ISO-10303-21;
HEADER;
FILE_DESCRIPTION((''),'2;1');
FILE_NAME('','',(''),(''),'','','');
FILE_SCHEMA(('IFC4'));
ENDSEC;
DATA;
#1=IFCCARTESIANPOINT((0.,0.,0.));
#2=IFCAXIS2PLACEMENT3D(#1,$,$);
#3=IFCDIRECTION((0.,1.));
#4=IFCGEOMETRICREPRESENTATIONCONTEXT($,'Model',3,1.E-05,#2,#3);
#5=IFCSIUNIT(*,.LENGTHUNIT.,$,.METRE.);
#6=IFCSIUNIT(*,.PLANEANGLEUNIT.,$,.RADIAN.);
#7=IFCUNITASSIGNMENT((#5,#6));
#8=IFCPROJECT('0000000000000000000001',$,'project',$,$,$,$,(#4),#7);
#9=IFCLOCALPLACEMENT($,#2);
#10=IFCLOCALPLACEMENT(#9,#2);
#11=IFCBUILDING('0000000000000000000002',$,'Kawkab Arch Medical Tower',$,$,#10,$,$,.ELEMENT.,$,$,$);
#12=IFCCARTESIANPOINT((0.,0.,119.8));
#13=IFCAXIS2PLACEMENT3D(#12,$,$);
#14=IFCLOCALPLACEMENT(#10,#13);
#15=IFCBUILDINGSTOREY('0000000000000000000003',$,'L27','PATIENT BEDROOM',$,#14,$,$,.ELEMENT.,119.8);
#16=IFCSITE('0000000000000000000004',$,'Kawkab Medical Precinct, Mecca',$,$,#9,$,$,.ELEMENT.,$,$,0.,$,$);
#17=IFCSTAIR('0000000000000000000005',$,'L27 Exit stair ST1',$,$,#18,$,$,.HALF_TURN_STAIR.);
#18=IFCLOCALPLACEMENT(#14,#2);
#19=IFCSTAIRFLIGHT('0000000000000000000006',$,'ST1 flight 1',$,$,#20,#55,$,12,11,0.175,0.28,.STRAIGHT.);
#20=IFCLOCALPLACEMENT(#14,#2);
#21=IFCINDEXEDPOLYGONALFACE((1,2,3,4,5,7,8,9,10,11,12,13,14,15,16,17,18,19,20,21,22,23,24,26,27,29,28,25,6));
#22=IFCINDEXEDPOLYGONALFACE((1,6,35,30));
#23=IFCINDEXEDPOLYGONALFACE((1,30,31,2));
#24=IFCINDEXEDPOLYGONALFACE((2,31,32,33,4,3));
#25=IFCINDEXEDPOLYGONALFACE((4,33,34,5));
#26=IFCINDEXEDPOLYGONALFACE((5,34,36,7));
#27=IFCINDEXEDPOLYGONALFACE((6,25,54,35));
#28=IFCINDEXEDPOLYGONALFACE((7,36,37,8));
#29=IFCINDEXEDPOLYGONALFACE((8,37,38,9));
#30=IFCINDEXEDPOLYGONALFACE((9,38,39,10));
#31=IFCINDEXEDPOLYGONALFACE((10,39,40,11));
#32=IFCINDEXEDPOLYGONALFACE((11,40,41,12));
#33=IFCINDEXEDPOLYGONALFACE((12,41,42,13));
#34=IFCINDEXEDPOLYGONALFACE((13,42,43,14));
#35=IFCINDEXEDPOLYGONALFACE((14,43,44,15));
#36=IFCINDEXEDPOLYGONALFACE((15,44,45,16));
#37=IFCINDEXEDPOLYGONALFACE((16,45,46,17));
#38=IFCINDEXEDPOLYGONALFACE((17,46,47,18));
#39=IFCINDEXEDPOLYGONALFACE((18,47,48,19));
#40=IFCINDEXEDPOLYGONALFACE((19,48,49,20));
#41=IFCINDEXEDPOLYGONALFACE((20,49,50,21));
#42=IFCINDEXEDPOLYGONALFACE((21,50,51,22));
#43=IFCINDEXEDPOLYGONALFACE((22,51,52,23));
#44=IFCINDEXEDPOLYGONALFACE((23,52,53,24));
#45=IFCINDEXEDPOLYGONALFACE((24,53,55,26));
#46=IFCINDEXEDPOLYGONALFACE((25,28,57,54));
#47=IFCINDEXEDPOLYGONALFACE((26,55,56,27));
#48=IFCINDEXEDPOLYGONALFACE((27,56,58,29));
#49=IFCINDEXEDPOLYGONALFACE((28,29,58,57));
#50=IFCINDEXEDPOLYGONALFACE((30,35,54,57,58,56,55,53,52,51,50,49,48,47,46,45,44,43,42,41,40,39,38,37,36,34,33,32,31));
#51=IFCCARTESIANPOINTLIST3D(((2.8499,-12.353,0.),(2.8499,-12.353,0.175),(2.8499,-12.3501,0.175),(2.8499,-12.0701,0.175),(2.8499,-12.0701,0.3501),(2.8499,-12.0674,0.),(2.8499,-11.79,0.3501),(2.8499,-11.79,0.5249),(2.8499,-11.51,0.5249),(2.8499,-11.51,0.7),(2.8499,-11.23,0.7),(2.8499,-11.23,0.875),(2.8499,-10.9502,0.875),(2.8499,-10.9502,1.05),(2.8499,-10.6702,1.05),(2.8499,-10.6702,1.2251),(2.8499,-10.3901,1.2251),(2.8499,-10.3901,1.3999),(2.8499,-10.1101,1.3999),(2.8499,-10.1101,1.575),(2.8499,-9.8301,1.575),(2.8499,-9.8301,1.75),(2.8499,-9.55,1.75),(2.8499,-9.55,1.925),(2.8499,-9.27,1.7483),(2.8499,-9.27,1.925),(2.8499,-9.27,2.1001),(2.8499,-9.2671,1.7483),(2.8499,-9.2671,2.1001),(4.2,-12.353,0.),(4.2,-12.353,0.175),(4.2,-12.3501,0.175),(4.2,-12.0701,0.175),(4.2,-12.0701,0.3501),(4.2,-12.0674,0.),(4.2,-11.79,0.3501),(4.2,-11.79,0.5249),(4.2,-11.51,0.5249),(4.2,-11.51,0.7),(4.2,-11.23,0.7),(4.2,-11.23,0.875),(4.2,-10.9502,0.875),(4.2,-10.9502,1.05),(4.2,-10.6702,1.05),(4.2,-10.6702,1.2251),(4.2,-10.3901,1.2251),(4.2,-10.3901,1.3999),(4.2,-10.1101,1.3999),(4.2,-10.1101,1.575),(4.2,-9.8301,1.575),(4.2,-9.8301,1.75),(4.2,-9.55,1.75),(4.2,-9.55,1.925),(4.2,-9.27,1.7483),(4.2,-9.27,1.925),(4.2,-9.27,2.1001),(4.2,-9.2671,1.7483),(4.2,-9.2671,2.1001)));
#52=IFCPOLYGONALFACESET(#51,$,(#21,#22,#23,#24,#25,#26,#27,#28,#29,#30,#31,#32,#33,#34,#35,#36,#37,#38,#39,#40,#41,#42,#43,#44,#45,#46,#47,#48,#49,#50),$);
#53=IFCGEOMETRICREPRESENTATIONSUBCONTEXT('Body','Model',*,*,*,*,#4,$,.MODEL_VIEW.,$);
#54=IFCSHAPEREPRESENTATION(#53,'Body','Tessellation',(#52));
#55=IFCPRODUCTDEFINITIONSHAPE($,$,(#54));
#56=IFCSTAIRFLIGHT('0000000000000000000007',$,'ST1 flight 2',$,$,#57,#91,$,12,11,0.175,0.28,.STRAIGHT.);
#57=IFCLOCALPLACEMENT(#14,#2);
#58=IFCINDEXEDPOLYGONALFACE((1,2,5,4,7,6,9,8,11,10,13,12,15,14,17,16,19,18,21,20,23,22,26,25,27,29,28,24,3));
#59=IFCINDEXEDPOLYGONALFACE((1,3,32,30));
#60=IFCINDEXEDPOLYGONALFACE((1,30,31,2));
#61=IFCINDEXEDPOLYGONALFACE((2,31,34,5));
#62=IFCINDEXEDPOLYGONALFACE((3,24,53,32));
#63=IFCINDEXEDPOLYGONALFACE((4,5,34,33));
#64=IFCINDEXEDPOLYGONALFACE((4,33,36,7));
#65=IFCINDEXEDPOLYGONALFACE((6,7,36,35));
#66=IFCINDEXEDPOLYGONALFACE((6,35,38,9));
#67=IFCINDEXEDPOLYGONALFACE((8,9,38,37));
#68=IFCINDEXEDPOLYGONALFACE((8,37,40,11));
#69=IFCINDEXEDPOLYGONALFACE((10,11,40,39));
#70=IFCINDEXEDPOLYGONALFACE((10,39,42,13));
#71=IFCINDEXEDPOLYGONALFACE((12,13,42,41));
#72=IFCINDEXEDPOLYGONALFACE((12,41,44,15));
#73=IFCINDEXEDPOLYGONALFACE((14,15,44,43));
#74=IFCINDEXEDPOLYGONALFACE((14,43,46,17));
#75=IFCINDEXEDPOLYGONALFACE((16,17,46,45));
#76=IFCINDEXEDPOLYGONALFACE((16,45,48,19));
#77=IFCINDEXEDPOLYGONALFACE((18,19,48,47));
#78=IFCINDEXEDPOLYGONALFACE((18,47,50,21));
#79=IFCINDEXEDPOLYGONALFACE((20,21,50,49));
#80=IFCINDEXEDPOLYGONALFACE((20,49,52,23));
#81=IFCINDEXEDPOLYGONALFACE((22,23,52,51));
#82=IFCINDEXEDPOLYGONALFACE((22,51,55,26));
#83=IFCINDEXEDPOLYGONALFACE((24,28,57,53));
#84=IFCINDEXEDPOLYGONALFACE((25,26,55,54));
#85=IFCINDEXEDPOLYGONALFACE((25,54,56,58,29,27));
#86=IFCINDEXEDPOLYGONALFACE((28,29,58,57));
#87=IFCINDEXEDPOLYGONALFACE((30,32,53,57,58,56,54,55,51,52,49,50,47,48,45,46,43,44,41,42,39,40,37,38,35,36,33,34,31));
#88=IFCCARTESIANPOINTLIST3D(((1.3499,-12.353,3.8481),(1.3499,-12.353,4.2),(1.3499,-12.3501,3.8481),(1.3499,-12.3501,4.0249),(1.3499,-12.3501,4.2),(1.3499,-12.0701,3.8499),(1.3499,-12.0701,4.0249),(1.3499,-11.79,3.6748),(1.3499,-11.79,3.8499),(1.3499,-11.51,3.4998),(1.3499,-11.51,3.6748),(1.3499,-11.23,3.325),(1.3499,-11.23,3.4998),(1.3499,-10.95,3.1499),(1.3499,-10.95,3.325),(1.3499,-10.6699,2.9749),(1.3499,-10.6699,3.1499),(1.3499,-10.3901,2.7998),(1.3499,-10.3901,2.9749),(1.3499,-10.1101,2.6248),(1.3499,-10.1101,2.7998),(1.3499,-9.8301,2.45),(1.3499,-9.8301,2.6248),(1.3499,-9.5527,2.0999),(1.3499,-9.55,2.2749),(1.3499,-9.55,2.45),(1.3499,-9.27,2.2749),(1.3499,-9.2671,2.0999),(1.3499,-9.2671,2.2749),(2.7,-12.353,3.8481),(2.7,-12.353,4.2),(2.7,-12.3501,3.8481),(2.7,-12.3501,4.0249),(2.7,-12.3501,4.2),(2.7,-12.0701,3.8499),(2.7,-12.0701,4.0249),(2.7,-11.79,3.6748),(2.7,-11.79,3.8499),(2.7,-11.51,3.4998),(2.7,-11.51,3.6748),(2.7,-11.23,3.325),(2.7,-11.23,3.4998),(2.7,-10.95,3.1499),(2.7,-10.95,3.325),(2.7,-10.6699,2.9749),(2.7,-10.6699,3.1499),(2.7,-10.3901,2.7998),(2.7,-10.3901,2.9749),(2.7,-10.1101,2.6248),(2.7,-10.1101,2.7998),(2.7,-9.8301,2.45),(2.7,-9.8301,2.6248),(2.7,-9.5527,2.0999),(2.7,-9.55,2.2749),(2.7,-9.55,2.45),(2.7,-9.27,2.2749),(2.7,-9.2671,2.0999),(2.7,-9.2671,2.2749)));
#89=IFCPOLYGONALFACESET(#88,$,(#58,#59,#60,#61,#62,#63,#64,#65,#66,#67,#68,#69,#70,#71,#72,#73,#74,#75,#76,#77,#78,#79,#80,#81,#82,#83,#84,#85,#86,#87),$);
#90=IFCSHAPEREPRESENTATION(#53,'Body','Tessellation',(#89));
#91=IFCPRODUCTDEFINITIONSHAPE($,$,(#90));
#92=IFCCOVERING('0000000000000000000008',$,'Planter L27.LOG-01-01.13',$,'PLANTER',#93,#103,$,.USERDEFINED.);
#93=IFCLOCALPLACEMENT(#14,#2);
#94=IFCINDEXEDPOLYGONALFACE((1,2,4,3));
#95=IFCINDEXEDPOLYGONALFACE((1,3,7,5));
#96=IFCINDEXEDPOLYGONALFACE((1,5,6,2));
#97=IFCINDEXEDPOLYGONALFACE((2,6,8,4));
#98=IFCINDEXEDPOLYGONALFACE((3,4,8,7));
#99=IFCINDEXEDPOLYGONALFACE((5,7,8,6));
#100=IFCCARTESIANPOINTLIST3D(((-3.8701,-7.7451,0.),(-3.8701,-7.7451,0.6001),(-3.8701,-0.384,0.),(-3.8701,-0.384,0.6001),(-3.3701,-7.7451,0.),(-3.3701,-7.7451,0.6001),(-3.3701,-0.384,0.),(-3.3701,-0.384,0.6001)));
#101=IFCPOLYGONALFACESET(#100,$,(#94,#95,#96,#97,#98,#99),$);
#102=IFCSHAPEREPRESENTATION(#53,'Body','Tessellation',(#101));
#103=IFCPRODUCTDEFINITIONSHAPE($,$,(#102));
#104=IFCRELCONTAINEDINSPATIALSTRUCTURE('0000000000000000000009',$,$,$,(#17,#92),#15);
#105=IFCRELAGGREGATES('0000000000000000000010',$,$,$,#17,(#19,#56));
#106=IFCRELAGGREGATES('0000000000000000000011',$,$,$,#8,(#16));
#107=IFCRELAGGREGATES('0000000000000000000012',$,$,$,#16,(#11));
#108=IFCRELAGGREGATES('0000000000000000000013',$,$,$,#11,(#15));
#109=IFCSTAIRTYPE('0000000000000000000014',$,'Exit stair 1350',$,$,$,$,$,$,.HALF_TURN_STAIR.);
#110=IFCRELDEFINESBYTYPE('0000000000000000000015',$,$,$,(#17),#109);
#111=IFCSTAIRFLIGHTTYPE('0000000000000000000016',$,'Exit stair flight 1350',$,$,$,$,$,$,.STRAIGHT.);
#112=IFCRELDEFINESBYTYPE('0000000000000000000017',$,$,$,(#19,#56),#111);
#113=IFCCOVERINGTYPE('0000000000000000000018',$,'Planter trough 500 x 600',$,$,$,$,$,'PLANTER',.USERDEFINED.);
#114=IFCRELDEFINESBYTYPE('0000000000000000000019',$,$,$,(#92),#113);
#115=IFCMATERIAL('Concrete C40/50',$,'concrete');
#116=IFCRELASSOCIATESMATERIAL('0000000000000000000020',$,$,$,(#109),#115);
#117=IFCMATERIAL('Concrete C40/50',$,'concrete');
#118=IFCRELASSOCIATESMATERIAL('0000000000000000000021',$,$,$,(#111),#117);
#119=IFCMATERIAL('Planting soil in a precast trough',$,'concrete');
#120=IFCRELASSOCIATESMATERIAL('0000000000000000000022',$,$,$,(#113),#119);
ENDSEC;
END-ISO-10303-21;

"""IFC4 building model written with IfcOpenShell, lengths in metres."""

from ifc_helpers import new_model, si_unit, direction, frame, origin, origin_2d, place, context, subcontext, project, spatial, polyline, rectangle, outline, extrude, material, material_profile, profile_set, type_object, element, aggregate, save


model = new_model("IFC4")

# Units and contexts
model_context = context("Model", 3, precision=1e-05, world=origin(), true_north=direction((0.0, 1.0)))
body_context = subcontext(model_context, "Body", "Model", "MODEL_VIEW")
ifc_project = project(units=[si_unit("LENGTHUNIT", "METRE"), si_unit("PLANEANGLEUNIT", "RADIAN")], contexts=[model_context])

# Site, building, storey
site_placement = place(None, origin())
site = spatial("IfcSite", under=ifc_project, at=site_placement, Name="Kawkab Medical Precinct, Mecca", CompositionType="ELEMENT", RefElevation=0.0)
building_placement = place(site_placement, origin())
building = spatial("IfcBuilding", under=site, at=building_placement, Name="Kawkab Arch Medical Tower", CompositionType="ELEMENT")
storey_placement = place(building_placement, frame((0.0, 0.0, 119.8)))
storey = spatial("IfcBuildingStorey", under=building, at=storey_placement, Name="L27", Description="PATIENT BEDROOM", CompositionType="ELEMENT", Elevation=119.8)

# Shared definitions
placement = place(storey_placement, origin())

# Stair, stair flights
ifc_material_1 = material(Name="Concrete C40/50", Category="concrete")
stair_type = type_object("IfcStairType", Name="Exit stair 1350", PredefinedType="HALF_TURN_STAIR", material=ifc_material_1)
stair = element("IfcStair", 1, at=placement, inside=storey, type_object=stair_type, Name="L27 Exit stair ST1", PredefinedType="HALF_TURN_STAIR")
ifc_material_2 = material(Name="Concrete C40/50", Category="concrete")
stair_flight_type = type_object("IfcStairFlightType", Name="Exit stair flight 1350", PredefinedType="STRAIGHT", material=ifc_material_2)
stair_flight_1_placement = place(storey_placement, frame((3.5249, -12.3501, 0.0), z_axis=(0.0, 0.0, 1.0), x_axis=(0.0, 1.0, 0.0)))
stair_flight_1 = element("IfcStairFlight", 2, at=stair_flight_1_placement, type_object=stair_flight_type, Name="ST1 flight 1", NumberOfRisers=12, NumberOfTreads=11, PredefinedType="STRAIGHT", RiserHeight=0.175, TreadLength=0.28, context=body_context, shape_type="SweptSolid", body=[
    extrude(outline(polyline([(-0.0029, 0.0), (-0.0029, 0.175), (0.0, 0.175), (0.28, 0.175), (0.28, 0.3501), (0.5601, 0.3501), (0.5601, 0.5249), (0.8401, 0.5249), (0.8401, 0.7), (1.1201, 0.7), (1.1201, 0.875), (1.3999, 0.875), (1.3999, 1.05), (1.6799, 1.05), (1.6799, 1.2251), (1.96, 1.2251), (1.96, 1.3999), (2.24, 1.3999), (2.24, 1.575), (2.52, 1.575), (2.52, 1.75), (2.8, 1.75), (2.8, 1.925), (3.0801, 1.925), (3.0801, 2.1001), (3.083, 2.1001), (3.083, 1.7483), (3.0801, 1.7483), (0.2827, 0.0), (-0.0029, 0.0)])), frame((0.0, 0.675, 0.0), z_axis=(0.0, -1.0, 0.0), x_axis=(1.0, 0.0, 0.0)), (0.0, 0.0, 1.0), 1.3501),
])
stair_flight_2_placement = place(storey_placement, frame((2.0249, -9.27, 2.0999), z_axis=(0.0, 0.0, 1.0), x_axis=(0.0, -1.0, 0.0)))
stair_flight_2 = element("IfcStairFlight", 3, at=stair_flight_2_placement, type_object=stair_flight_type, Name="ST1 flight 2", NumberOfRisers=12, NumberOfTreads=11, PredefinedType="STRAIGHT", RiserHeight=0.175, TreadLength=0.28, context=body_context, shape_type="SweptSolid", body=[
    extrude(outline(polyline([(-0.0029, 0.0), (-0.0029, 0.175), (0.0, 0.175), (0.28, 0.175), (0.28, 0.3501), (0.5601, 0.3501), (0.5601, 0.5249), (0.8401, 0.5249), (0.8401, 0.7), (1.1201, 0.7), (1.1201, 0.875), (1.3999, 0.875), (1.3999, 1.05), (1.6799, 1.05), (1.6799, 1.2251), (1.96, 1.2251), (1.96, 1.3999), (2.24, 1.3999), (2.24, 1.575), (2.52, 1.575), (2.52, 1.75), (2.8, 1.75), (2.8, 1.925), (3.0801, 1.925), (3.0801, 2.1001), (3.083, 2.1001), (3.083, 1.7483), (3.0801, 1.7483), (0.2827, 0.0), (-0.0029, 0.0)])), frame((0.0, 0.675, 0.0), z_axis=(0.0, -1.0, 0.0), x_axis=(1.0, 0.0, 0.0)), (0.0, 0.0, 1.0), 1.3501),
])
aggregate(stair, [stair_flight_1, stair_flight_2])

# Covering
ifc_material_3 = material(Name="Planting soil in a precast trough", Category="concrete")
ifc_material_profile_1 = material_profile(ifc_material_3, rectangle(XDim=0.5, YDim=0.6001, at=origin_2d()), Name="Trough 500x600")
ifc_profile_set_1 = profile_set([ifc_material_profile_1], Name="Planting soil in a precast trough")
covering_type = type_object("IfcCoveringType", Name="Planter trough 500 x 600", ElementType="PLANTER", PredefinedType="USERDEFINED", material=ifc_profile_set_1)
covering_placement = place(storey_placement, frame((-3.6201, -7.7451, 0.3), z_axis=(0.0, 1.0, 0.0), x_axis=(-1.0, 0.0, 0.0)))
element("IfcCovering", 4, at=covering_placement, inside=storey, type_object=covering_type, Name="Planter L27.LOG-01-01.13", ObjectType="PLANTER", PredefinedType="USERDEFINED", context=body_context, shape_type="SweptSolid", body=[
    extrude(rectangle(XDim=0.5, YDim=0.6001, at=origin_2d()), origin(), (0.0, 0.0, 1.0), 7.3611),
])

save(model, "model.ifc")
